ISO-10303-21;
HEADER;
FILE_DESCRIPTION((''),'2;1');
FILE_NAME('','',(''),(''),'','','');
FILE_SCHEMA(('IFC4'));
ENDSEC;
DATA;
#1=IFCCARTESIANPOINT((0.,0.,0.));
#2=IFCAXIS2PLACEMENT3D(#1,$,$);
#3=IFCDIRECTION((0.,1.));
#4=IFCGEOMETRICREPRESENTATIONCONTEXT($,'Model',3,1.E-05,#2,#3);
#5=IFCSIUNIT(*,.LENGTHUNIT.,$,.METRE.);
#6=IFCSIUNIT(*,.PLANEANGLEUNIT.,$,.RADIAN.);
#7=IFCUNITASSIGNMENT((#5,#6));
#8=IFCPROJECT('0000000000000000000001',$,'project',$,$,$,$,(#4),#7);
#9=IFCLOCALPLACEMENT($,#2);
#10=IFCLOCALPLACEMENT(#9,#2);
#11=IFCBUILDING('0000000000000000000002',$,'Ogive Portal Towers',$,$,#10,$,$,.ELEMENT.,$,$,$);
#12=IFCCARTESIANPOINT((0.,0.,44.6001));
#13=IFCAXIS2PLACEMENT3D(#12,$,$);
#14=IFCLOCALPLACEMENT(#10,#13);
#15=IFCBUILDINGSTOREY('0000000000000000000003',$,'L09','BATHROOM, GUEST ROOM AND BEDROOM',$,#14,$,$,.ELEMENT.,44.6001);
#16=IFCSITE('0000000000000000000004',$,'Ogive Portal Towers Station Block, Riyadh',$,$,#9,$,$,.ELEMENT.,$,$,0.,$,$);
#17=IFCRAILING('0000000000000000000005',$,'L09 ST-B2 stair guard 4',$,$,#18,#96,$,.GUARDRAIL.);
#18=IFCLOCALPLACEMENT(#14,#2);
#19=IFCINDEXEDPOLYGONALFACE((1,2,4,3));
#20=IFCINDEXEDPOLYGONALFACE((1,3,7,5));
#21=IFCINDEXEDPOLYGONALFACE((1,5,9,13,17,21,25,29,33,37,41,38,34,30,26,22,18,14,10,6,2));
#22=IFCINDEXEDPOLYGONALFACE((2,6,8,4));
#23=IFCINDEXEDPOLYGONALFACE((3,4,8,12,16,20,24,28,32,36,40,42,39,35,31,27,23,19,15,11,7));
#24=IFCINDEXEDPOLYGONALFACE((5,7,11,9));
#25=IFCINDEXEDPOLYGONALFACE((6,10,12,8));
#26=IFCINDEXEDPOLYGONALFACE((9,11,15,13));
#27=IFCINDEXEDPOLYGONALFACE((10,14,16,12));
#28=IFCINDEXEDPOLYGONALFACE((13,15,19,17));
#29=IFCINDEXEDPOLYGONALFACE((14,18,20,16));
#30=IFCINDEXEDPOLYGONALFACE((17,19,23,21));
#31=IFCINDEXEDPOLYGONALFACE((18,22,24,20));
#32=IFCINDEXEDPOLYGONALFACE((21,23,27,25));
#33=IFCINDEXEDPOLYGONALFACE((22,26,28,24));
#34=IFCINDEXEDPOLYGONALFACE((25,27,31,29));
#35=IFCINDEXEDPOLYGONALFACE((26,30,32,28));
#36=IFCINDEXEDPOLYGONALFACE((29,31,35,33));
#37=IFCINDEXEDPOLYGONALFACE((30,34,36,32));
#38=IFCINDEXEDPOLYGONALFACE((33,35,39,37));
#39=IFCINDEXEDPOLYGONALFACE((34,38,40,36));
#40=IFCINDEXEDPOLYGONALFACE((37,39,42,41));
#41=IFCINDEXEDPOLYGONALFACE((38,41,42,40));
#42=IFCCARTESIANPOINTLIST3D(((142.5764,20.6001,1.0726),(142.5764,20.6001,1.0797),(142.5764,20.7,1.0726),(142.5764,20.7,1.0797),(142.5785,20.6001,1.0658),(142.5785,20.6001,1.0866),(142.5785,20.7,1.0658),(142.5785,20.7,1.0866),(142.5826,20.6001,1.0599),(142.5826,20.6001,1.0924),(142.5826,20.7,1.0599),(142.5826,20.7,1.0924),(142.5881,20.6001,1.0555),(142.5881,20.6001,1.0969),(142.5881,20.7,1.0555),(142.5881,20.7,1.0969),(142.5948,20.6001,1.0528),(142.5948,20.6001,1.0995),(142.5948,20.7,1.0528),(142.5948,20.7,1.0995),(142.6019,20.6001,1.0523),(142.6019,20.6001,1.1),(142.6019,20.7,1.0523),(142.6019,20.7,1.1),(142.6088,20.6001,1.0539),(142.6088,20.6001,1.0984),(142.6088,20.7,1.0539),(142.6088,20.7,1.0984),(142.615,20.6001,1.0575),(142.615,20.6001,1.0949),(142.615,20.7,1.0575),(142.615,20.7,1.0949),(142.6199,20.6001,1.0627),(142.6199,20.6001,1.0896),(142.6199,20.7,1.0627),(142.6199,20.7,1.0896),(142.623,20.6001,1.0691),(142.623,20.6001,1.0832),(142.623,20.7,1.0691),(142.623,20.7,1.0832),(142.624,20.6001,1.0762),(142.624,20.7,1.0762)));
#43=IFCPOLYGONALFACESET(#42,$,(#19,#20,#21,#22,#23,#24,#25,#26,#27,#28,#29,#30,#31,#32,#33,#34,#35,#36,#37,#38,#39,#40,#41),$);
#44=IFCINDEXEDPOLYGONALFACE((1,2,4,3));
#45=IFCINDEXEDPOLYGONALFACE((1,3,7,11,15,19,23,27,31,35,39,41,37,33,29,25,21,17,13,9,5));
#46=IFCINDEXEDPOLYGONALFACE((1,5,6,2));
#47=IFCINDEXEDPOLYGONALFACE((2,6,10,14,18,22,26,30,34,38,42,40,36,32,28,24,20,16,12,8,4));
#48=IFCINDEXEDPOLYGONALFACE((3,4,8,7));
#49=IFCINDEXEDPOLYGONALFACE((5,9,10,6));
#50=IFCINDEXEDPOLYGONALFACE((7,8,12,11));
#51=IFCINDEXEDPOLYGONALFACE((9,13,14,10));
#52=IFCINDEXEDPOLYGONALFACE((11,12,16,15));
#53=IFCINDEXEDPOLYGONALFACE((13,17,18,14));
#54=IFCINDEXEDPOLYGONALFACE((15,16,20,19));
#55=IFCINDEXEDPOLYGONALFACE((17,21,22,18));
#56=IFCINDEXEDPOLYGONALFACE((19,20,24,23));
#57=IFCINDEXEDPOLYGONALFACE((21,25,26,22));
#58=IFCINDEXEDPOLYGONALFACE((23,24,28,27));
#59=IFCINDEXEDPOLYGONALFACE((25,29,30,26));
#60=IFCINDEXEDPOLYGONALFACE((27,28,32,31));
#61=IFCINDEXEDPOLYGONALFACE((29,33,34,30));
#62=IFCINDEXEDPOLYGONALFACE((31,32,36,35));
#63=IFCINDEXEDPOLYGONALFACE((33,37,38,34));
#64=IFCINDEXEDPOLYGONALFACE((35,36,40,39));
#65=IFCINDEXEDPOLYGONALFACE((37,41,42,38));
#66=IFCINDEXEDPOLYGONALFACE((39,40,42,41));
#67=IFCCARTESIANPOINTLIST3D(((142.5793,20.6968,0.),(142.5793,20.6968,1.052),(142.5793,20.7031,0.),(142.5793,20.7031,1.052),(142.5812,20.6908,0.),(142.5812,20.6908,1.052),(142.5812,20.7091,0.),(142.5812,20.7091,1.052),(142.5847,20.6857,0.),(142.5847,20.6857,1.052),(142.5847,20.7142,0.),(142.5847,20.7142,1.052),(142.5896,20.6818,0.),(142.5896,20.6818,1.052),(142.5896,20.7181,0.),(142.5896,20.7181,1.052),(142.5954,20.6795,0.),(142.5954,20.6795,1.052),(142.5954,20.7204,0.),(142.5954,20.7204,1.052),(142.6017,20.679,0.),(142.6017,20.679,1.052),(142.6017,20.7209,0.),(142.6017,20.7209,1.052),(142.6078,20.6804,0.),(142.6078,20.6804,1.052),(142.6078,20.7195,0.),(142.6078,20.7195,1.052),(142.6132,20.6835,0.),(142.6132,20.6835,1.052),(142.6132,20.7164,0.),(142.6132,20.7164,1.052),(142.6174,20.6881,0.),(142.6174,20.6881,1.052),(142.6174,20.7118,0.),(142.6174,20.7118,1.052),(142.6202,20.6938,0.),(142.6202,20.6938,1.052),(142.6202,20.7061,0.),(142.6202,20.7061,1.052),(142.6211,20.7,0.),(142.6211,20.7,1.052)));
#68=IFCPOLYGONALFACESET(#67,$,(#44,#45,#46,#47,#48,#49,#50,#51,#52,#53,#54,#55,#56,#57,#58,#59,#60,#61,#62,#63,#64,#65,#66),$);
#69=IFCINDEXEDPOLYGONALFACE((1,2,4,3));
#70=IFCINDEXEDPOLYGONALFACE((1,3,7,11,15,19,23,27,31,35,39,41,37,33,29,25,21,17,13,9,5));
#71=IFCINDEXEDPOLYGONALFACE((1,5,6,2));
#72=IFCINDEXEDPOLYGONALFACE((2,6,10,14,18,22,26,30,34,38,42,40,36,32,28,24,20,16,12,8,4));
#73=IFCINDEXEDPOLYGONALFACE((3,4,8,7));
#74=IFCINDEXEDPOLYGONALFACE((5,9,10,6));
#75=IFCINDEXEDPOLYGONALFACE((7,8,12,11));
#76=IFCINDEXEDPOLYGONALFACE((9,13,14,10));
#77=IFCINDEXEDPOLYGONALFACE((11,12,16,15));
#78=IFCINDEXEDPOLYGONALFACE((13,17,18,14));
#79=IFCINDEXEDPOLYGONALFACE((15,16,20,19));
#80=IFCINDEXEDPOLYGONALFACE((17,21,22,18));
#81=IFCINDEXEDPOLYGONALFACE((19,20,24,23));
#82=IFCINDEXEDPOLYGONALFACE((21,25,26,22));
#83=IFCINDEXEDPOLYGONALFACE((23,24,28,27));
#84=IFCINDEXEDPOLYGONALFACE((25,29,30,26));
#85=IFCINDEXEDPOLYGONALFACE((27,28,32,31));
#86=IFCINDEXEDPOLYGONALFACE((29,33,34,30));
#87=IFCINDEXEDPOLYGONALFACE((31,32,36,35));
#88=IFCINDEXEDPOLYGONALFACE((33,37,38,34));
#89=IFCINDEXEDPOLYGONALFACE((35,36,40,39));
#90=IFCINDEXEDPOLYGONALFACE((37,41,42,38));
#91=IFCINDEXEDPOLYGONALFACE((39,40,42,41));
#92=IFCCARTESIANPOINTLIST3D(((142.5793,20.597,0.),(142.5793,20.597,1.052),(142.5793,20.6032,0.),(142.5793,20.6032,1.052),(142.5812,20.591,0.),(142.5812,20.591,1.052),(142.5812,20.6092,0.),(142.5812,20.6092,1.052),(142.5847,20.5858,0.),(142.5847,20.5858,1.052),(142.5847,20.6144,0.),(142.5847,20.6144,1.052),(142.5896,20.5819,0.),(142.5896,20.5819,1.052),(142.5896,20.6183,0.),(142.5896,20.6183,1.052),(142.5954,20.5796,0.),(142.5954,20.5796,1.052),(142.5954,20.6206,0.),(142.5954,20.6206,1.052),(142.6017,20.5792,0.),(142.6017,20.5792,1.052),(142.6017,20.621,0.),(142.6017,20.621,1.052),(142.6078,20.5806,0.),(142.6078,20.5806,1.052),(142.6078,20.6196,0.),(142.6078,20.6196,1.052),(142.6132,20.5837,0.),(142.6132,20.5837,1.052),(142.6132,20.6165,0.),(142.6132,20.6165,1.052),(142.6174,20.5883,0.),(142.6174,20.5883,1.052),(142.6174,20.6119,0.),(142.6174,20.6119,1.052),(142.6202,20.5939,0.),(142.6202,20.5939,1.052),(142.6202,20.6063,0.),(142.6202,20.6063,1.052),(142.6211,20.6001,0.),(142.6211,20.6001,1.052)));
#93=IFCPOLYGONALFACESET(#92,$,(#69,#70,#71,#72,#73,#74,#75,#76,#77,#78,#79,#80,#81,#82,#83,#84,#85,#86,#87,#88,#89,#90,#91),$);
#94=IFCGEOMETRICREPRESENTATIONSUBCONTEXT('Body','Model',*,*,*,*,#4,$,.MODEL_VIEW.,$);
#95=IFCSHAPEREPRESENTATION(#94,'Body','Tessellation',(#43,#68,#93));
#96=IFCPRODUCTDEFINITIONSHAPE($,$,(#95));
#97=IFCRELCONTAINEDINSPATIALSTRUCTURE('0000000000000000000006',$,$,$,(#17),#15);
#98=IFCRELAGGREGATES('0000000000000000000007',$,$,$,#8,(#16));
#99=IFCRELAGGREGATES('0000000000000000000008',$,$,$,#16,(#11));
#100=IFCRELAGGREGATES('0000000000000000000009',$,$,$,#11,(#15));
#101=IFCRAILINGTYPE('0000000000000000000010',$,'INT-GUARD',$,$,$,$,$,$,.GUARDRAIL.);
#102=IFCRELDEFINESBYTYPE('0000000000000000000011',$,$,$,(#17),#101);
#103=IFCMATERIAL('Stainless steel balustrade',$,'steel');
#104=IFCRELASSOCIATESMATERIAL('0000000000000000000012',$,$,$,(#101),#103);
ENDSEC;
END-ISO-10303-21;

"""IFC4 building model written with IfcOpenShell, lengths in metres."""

from ifc_helpers import new_model, si_unit, direction, frame, origin, origin_2d, place, context, subcontext, project, spatial, circle, extrude, material, type_object, element, save


model = new_model("IFC4")

# Units and contexts
model_context = context("Model", 3, precision=1e-05, world=origin(), true_north=direction((0.0, 1.0)))
body_context = subcontext(model_context, "Body", "Model", "MODEL_VIEW")
ifc_project = project(units=[si_unit("LENGTHUNIT", "METRE"), si_unit("PLANEANGLEUNIT", "RADIAN")], contexts=[model_context])

# Site, building, storey
site_placement = place(None, origin())
site = spatial("IfcSite", under=ifc_project, at=site_placement, Name="Ogive Portal Towers Station Block, Riyadh", CompositionType="ELEMENT", RefElevation=0.0)
building_placement = place(site_placement, origin())
building = spatial("IfcBuilding", under=site, at=building_placement, Name="Ogive Portal Towers", CompositionType="ELEMENT")
storey_placement = place(building_placement, frame((0.0, 0.0, 44.6001)))
storey = spatial("IfcBuildingStorey", under=building, at=storey_placement, Name="L09", Description="BATHROOM, GUEST ROOM AND BEDROOM", CompositionType="ELEMENT", Elevation=44.6001)

# Railing
ifc_material_1 = material(Name="Stainless steel balustrade", Category="steel")
railing_type_1 = type_object("IfcRailingType", Name="INT-GUARD", PredefinedType="GUARDRAIL", material=ifc_material_1)
railing_1_placement = place(storey_placement, frame((142.6001, 20.7, 0.0)))
element("IfcRailing", 1, at=railing_1_placement, inside=storey, type_object=railing_type_1, Name="L09 ST-B2 stair guard 4", PredefinedType="GUARDRAIL", context=body_context, shape_type="SweptSolid", body=[
    extrude(circle(Radius=0.0239, at=origin_2d()), frame((0.0, 0.0, 1.0762), z_axis=(0.0, -1.0, 0.0), x_axis=(1.0, 0.0, 0.0)), (0.0, 0.0, 1.0), 0.0999),
    extrude(circle(Radius=0.021, at=origin_2d()), origin(), (0.0, 0.0, 1.0), 1.052),
    extrude(circle(Radius=0.021, at=origin_2d()), frame((0.0, -0.0999, 0.0)), (0.0, 0.0, 1.0), 1.052),
])

save(model, "model.ifc")
